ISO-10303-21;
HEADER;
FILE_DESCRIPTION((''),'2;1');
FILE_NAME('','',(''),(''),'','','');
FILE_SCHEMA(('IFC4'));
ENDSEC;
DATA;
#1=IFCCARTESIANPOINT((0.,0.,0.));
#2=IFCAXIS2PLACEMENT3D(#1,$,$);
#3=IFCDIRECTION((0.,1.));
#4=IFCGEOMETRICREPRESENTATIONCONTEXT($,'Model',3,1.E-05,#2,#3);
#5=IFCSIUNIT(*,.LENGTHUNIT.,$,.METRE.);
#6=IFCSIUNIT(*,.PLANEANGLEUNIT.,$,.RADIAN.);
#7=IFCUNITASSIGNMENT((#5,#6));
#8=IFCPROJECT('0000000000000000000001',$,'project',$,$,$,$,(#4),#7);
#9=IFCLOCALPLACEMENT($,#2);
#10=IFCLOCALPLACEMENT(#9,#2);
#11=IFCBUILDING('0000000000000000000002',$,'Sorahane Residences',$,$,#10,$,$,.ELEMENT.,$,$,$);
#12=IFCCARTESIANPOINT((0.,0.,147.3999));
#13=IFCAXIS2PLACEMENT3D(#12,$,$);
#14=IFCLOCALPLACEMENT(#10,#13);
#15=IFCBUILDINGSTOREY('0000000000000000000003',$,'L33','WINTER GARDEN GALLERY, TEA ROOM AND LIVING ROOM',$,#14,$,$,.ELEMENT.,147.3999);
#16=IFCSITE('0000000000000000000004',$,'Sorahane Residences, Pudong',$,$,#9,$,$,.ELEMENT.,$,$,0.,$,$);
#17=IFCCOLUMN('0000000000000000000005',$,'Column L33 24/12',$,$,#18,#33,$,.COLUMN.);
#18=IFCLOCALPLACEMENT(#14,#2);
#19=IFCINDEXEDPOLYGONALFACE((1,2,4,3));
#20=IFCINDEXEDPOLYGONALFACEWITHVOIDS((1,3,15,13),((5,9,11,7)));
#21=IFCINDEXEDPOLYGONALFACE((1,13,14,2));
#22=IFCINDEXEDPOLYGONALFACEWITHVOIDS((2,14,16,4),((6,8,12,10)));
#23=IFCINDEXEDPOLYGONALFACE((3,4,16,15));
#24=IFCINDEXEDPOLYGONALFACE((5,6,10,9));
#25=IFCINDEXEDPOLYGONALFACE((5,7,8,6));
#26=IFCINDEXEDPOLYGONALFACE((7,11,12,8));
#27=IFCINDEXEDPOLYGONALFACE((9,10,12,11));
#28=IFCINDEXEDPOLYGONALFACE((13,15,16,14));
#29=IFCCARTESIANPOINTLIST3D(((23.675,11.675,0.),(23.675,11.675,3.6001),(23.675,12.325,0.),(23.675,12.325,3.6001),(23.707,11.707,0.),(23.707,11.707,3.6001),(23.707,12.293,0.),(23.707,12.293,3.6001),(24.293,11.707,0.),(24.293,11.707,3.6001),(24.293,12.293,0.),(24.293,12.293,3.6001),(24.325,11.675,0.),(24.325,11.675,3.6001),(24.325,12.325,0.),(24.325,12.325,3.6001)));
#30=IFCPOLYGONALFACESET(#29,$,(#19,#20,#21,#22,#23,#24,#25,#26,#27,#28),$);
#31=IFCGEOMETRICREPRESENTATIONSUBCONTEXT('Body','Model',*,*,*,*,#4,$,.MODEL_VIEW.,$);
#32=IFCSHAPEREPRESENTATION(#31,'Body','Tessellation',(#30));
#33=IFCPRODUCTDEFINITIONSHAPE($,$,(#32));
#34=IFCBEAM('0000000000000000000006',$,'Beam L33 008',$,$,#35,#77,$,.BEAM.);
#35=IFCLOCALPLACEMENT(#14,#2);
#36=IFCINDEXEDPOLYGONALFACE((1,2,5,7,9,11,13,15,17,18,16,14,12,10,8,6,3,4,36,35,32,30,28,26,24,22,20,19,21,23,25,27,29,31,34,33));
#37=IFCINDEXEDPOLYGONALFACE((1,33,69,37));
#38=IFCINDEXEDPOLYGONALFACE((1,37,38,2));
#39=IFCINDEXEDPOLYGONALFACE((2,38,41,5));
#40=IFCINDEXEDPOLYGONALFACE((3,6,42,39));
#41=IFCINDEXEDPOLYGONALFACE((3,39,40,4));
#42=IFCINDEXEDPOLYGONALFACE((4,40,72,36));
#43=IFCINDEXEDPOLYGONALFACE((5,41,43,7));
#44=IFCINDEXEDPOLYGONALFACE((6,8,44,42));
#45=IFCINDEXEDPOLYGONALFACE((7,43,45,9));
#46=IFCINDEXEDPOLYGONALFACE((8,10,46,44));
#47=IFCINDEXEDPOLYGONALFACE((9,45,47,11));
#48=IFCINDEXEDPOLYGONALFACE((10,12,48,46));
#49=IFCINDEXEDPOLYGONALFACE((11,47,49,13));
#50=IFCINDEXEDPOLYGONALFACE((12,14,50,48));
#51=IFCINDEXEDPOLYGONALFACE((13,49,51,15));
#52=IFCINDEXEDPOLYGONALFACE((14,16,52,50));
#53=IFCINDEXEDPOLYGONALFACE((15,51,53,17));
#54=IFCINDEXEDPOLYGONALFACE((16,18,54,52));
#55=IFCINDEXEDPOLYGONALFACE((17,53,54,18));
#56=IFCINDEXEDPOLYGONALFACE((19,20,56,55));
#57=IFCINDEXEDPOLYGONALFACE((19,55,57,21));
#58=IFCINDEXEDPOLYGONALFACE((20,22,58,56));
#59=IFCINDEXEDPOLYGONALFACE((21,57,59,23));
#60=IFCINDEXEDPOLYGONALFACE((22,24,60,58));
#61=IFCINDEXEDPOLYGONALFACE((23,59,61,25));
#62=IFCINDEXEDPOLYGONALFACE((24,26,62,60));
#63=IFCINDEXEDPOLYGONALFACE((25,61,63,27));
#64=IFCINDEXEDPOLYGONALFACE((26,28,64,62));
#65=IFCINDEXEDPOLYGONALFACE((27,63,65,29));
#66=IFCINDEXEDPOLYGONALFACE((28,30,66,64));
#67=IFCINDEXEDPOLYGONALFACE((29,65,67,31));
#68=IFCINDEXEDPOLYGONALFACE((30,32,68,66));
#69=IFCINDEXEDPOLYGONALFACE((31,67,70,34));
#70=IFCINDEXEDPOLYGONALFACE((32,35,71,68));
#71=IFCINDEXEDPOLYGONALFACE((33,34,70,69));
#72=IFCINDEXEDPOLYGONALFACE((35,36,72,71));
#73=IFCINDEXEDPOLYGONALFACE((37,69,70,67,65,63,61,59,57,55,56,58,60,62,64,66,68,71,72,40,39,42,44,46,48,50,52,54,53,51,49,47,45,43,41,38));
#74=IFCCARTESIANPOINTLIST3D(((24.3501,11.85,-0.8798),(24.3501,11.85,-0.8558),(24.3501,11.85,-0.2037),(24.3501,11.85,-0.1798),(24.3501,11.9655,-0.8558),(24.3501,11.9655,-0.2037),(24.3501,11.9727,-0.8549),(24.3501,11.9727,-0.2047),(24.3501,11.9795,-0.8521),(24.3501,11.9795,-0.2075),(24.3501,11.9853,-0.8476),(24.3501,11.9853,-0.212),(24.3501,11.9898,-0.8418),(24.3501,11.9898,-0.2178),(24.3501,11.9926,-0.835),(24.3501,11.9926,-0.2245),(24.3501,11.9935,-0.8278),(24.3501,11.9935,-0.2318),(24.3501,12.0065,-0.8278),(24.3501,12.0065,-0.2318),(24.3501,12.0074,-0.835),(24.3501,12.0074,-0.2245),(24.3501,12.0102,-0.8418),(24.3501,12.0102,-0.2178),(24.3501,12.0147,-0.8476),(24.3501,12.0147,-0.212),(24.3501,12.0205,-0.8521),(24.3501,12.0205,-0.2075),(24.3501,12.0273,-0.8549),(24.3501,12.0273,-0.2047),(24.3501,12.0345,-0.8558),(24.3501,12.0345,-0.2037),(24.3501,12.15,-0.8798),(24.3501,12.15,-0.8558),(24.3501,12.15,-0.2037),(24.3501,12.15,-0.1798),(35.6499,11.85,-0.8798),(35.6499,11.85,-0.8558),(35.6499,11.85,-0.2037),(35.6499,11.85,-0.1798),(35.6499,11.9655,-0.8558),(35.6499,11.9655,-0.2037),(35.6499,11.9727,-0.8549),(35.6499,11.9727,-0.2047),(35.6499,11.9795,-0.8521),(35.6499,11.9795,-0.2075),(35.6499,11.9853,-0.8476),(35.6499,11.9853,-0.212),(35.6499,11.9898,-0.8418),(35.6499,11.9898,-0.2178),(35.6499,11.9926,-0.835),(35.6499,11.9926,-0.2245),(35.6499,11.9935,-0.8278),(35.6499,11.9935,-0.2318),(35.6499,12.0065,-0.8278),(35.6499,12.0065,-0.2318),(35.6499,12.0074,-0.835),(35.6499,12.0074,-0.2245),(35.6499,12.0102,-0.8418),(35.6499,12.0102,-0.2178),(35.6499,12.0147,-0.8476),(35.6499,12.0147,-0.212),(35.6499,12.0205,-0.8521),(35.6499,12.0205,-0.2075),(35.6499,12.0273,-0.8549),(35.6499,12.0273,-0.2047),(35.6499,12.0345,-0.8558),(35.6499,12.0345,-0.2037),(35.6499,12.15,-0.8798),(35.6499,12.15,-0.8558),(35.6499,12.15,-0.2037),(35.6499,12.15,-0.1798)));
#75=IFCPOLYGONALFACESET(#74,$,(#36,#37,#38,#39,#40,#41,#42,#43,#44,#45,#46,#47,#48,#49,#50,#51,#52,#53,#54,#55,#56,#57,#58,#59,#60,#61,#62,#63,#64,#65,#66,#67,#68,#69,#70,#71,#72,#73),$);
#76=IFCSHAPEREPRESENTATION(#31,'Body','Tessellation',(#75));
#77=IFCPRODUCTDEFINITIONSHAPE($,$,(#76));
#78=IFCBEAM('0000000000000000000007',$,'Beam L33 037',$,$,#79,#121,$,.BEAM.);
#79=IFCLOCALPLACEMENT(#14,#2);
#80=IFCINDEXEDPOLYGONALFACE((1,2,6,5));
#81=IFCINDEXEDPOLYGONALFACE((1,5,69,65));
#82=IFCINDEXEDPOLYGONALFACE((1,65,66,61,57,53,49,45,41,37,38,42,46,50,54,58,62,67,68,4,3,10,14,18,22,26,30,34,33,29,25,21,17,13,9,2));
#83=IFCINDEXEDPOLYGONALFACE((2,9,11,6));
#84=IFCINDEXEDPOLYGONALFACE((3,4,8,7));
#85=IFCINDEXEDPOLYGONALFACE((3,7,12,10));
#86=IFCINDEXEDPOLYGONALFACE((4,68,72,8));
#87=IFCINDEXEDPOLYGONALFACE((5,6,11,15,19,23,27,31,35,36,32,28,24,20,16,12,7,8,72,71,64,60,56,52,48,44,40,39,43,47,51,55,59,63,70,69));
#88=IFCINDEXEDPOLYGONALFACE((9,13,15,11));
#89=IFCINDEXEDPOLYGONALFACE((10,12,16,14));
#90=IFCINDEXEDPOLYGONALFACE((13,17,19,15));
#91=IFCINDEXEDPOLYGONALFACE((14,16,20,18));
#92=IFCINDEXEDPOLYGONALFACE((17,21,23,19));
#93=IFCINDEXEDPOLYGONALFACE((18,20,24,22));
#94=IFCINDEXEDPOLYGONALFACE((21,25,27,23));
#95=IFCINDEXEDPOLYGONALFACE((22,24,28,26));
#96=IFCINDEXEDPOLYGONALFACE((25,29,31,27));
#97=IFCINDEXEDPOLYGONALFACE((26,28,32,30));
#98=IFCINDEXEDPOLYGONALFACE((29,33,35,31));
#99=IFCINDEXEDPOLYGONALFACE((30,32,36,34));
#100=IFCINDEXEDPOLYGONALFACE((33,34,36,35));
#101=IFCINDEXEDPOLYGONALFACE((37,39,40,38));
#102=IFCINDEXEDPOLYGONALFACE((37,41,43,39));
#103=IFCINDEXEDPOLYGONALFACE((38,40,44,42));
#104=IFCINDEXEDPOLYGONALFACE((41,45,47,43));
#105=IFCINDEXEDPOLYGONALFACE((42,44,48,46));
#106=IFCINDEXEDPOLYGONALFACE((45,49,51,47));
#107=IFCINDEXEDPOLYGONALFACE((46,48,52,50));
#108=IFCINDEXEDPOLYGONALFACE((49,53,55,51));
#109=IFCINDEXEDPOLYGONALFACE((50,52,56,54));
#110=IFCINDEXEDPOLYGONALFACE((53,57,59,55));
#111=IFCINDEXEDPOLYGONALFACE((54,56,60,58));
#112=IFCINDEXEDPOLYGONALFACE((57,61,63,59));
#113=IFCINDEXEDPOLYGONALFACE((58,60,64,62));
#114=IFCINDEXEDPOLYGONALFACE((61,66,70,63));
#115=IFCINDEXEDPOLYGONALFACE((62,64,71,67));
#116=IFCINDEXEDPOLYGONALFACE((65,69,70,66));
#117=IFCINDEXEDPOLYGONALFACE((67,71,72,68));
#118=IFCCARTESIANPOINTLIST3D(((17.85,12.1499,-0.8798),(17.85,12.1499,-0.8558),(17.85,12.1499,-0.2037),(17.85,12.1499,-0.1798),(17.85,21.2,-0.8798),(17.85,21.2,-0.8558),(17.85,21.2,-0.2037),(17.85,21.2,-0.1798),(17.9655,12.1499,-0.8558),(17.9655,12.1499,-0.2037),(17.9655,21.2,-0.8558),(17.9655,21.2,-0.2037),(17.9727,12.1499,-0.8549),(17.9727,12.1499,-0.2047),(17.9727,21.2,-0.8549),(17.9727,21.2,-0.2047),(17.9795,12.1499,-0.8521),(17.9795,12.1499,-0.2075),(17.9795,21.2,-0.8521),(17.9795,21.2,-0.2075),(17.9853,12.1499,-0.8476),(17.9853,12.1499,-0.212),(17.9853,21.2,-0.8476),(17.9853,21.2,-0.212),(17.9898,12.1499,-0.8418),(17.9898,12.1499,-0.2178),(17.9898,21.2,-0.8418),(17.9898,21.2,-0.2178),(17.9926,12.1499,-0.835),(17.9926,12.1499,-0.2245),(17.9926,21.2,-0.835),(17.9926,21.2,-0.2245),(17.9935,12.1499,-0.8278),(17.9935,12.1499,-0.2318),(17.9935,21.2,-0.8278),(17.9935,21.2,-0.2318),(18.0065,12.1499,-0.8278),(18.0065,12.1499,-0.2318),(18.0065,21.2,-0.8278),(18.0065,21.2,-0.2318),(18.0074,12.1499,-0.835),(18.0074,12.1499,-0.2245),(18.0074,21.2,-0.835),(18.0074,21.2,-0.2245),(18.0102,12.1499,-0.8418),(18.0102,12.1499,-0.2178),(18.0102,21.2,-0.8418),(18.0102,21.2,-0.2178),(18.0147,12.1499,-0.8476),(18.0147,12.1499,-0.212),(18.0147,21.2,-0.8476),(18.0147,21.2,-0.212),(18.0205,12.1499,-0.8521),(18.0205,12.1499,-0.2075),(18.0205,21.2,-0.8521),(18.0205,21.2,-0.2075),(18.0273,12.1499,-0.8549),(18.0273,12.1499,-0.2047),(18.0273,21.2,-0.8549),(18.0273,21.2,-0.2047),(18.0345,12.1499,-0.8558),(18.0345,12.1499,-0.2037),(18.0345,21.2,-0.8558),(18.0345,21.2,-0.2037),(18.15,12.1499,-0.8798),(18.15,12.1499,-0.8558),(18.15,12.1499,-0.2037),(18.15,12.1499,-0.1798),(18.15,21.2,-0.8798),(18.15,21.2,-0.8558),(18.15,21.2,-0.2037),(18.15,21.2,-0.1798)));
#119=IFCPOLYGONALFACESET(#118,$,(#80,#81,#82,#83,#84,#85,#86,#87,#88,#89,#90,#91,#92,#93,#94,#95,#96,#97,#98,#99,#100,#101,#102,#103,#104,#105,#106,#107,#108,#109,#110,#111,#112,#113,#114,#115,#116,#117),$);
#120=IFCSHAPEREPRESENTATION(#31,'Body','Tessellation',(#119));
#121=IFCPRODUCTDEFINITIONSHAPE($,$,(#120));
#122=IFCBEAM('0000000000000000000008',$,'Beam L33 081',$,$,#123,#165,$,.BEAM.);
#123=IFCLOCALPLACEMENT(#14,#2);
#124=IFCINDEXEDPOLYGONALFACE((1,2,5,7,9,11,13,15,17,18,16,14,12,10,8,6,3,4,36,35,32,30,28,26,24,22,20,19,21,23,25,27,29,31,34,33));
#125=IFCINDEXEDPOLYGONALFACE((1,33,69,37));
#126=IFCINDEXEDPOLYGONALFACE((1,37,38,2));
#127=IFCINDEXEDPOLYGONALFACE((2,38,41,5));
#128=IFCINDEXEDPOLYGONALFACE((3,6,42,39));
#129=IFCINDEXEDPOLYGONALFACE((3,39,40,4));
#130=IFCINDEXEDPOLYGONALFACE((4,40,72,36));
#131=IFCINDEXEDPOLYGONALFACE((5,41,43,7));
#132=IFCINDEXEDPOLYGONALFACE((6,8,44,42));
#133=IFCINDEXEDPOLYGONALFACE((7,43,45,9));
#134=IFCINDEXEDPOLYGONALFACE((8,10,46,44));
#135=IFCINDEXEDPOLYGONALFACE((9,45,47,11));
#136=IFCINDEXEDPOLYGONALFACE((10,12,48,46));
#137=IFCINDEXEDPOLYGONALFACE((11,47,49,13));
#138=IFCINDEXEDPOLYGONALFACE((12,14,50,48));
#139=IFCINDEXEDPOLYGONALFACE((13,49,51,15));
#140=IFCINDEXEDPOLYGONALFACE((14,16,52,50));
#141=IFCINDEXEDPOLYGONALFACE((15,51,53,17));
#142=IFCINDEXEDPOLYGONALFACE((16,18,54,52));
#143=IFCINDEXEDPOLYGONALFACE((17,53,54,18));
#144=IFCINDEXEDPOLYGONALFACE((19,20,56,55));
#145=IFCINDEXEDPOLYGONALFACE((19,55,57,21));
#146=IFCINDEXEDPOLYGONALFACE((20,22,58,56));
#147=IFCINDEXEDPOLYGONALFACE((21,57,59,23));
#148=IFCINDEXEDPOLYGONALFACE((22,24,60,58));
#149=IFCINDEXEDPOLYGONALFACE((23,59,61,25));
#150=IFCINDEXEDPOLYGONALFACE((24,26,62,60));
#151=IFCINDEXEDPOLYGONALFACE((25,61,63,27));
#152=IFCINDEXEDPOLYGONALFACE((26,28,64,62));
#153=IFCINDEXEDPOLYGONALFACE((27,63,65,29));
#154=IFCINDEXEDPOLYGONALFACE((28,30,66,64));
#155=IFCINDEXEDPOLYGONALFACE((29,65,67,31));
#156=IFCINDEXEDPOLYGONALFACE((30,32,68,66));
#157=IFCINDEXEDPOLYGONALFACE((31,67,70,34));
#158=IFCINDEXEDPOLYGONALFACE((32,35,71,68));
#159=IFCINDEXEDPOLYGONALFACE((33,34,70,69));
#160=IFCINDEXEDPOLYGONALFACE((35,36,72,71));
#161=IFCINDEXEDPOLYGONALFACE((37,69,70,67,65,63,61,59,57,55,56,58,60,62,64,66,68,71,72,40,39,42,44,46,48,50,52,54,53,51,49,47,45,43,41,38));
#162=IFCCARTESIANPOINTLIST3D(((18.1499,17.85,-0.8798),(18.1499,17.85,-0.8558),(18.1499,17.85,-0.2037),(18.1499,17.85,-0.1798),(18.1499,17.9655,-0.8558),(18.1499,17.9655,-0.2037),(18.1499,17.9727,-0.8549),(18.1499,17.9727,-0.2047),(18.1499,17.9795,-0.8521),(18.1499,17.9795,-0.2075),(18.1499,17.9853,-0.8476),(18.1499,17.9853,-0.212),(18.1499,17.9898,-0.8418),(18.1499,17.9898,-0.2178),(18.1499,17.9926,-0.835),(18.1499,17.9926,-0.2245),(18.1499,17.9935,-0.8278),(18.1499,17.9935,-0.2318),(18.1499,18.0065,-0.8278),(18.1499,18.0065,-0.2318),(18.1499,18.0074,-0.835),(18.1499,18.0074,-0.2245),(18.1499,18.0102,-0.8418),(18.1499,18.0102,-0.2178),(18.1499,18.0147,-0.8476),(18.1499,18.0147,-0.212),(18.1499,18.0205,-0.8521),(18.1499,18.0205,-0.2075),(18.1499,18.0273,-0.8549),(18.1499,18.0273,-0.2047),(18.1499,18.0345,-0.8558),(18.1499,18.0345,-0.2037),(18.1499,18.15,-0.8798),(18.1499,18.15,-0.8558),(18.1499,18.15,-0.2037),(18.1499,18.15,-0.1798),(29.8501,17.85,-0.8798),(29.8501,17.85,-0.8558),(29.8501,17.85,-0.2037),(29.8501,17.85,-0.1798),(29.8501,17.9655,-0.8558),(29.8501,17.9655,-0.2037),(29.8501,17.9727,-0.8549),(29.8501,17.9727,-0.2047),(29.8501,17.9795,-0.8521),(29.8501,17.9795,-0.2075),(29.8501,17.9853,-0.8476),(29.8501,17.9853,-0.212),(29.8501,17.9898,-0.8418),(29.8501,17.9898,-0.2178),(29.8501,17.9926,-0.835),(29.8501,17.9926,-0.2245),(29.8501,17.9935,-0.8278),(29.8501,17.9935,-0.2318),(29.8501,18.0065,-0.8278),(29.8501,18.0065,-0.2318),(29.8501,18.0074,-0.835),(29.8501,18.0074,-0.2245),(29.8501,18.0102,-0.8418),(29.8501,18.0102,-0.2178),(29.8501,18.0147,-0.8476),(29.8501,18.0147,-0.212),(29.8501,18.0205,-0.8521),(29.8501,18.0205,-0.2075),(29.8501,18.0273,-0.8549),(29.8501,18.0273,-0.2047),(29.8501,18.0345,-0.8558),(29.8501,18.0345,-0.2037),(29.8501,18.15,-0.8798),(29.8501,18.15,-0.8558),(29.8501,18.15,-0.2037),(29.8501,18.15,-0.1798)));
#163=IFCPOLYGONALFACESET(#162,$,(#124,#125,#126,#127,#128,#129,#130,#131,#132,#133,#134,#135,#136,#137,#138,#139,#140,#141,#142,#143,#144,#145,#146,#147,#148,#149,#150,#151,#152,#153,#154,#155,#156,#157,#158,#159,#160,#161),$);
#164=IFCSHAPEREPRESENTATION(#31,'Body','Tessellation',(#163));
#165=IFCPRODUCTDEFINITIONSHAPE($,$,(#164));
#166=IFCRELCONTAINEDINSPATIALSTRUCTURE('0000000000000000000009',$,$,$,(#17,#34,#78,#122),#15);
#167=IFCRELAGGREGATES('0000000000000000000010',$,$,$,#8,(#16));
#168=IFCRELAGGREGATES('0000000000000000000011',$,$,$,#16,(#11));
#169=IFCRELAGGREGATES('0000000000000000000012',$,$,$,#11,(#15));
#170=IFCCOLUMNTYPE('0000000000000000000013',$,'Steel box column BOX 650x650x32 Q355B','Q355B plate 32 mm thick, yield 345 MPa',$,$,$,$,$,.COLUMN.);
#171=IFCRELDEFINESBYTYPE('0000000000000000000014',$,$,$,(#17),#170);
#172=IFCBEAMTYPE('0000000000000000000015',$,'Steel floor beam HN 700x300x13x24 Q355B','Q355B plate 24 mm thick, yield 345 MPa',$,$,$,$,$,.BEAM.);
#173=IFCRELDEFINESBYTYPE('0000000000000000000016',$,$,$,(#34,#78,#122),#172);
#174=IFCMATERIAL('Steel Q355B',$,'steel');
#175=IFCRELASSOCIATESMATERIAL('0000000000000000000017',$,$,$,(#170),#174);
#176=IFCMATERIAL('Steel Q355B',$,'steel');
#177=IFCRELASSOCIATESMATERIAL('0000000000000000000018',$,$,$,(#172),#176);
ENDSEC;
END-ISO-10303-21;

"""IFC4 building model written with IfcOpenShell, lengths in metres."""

from ifc_helpers import new_model, si_unit, direction, frame, origin, origin_2d, place, context, subcontext, project, spatial, hollow_rectangle, i_section, extrude, material, material_profile, profile_set, type_object, element, save


model = new_model("IFC4")

# Units and contexts
model_context = context("Model", 3, precision=1e-05, world=origin(), true_north=direction((0.0, 1.0)))
body_context = subcontext(model_context, "Body", "Model", "MODEL_VIEW")
ifc_project = project(units=[si_unit("LENGTHUNIT", "METRE"), si_unit("PLANEANGLEUNIT", "RADIAN")], contexts=[model_context])

# Site, building, storey
site_placement = place(None, origin())
site = spatial("IfcSite", under=ifc_project, at=site_placement, Name="Sorahane Residences, Pudong", CompositionType="ELEMENT", RefElevation=0.0)
building_placement = place(site_placement, origin())
building = spatial("IfcBuilding", under=site, at=building_placement, Name="Sorahane Residences", CompositionType="ELEMENT")
storey_placement = place(building_placement, frame((0.0, 0.0, 147.3999)))
storey = spatial("IfcBuildingStorey", under=building, at=storey_placement, Name="L33", Description="WINTER GARDEN GALLERY, TEA ROOM AND LIVING ROOM", CompositionType="ELEMENT", Elevation=147.3999)

# Column
ifc_material_1 = material(Name="Steel Q355B", Category="steel")
ifc_material_profile_1 = material_profile(ifc_material_1, hollow_rectangle(XDim=0.6499, YDim=0.6499, WallThickness=0.032, at=origin_2d()), Name="BOX 650x650x32")
ifc_profile_set_1 = profile_set([ifc_material_profile_1], Name="Steel Q355B")
column_type = type_object("IfcColumnType", Name="Steel box column BOX 650x650x32 Q355B", Description="Q355B plate 32 mm thick, yield 345 MPa", PredefinedType="COLUMN", material=ifc_profile_set_1)
column_placement = place(storey_placement, frame((24.0, 12.0, 0.0), z_axis=(0.0, 0.0, 1.0), x_axis=(1.0, 0.0, 0.0)))
element("IfcColumn", 1, at=column_placement, inside=storey, type_object=column_type, Name="Column L33 24/12", PredefinedType="COLUMN", context=body_context, shape_type="SweptSolid", body=[
    extrude(hollow_rectangle(XDim=0.6499, YDim=0.6499, WallThickness=0.032, at=origin_2d()), origin(), (0.0, 0.0, 1.0), 3.6001),
])

# Beams
ifc_material_2 = material(Name="Steel Q355B", Category="steel")
ifc_material_profile_2 = material_profile(ifc_material_2, i_section(OverallWidth=0.3, OverallDepth=0.7, WebThickness=0.0129, FlangeThickness=0.0239, FilletRadius=0.0281, at=origin_2d()), Name="HN 700x300x13x24")
ifc_profile_set_2 = profile_set([ifc_material_profile_2], Name="Steel Q355B")
beam_type = type_object("IfcBeamType", Name="Steel floor beam HN 700x300x13x24 Q355B", Description="Q355B plate 24 mm thick, yield 345 MPa", PredefinedType="BEAM", material=ifc_profile_set_2)
beam_1_placement = place(storey_placement, frame((24.3501, 12.0, -0.5298), z_axis=(1.0, 0.0, 0.0), x_axis=(0.0, 1.0, 0.0)))
element("IfcBeam", 2, at=beam_1_placement, inside=storey, type_object=beam_type, Name="Beam L33 008", PredefinedType="BEAM", context=body_context, shape_type="SweptSolid", body=[
    extrude(i_section(OverallWidth=0.3, OverallDepth=0.7, WebThickness=0.0129, FlangeThickness=0.0239, FilletRadius=0.0281, at=origin_2d()), origin(), (0.0, 0.0, 1.0), 11.2998),
])
beam_2_placement = place(storey_placement, frame((18.0, 12.1499, -0.5298), z_axis=(0.0, 1.0, 0.0), x_axis=(-1.0, 0.0, 0.0)))
element("IfcBeam", 3, at=beam_2_placement, inside=storey, type_object=beam_type, Name="Beam L33 037", PredefinedType="BEAM", context=body_context, shape_type="SweptSolid", body=[
    extrude(i_section(OverallWidth=0.3, OverallDepth=0.7, WebThickness=0.0129, FlangeThickness=0.0239, FilletRadius=0.0281, at=origin_2d()), origin(), (0.0, 0.0, 1.0), 9.05),
])
beam_3_placement = place(storey_placement, frame((18.1499, 18.0, -0.5298), z_axis=(1.0, 0.0, 0.0), x_axis=(0.0, 1.0, 0.0)))
element("IfcBeam", 4, at=beam_3_placement, inside=storey, type_object=beam_type, Name="Beam L33 081", PredefinedType="BEAM", context=body_context, shape_type="SweptSolid", body=[
    extrude(i_section(OverallWidth=0.3, OverallDepth=0.7, WebThickness=0.0129, FlangeThickness=0.0239, FilletRadius=0.0281, at=origin_2d()), origin(), (0.0, 0.0, 1.0), 11.7002),
])

save(model, "model.ifc")
